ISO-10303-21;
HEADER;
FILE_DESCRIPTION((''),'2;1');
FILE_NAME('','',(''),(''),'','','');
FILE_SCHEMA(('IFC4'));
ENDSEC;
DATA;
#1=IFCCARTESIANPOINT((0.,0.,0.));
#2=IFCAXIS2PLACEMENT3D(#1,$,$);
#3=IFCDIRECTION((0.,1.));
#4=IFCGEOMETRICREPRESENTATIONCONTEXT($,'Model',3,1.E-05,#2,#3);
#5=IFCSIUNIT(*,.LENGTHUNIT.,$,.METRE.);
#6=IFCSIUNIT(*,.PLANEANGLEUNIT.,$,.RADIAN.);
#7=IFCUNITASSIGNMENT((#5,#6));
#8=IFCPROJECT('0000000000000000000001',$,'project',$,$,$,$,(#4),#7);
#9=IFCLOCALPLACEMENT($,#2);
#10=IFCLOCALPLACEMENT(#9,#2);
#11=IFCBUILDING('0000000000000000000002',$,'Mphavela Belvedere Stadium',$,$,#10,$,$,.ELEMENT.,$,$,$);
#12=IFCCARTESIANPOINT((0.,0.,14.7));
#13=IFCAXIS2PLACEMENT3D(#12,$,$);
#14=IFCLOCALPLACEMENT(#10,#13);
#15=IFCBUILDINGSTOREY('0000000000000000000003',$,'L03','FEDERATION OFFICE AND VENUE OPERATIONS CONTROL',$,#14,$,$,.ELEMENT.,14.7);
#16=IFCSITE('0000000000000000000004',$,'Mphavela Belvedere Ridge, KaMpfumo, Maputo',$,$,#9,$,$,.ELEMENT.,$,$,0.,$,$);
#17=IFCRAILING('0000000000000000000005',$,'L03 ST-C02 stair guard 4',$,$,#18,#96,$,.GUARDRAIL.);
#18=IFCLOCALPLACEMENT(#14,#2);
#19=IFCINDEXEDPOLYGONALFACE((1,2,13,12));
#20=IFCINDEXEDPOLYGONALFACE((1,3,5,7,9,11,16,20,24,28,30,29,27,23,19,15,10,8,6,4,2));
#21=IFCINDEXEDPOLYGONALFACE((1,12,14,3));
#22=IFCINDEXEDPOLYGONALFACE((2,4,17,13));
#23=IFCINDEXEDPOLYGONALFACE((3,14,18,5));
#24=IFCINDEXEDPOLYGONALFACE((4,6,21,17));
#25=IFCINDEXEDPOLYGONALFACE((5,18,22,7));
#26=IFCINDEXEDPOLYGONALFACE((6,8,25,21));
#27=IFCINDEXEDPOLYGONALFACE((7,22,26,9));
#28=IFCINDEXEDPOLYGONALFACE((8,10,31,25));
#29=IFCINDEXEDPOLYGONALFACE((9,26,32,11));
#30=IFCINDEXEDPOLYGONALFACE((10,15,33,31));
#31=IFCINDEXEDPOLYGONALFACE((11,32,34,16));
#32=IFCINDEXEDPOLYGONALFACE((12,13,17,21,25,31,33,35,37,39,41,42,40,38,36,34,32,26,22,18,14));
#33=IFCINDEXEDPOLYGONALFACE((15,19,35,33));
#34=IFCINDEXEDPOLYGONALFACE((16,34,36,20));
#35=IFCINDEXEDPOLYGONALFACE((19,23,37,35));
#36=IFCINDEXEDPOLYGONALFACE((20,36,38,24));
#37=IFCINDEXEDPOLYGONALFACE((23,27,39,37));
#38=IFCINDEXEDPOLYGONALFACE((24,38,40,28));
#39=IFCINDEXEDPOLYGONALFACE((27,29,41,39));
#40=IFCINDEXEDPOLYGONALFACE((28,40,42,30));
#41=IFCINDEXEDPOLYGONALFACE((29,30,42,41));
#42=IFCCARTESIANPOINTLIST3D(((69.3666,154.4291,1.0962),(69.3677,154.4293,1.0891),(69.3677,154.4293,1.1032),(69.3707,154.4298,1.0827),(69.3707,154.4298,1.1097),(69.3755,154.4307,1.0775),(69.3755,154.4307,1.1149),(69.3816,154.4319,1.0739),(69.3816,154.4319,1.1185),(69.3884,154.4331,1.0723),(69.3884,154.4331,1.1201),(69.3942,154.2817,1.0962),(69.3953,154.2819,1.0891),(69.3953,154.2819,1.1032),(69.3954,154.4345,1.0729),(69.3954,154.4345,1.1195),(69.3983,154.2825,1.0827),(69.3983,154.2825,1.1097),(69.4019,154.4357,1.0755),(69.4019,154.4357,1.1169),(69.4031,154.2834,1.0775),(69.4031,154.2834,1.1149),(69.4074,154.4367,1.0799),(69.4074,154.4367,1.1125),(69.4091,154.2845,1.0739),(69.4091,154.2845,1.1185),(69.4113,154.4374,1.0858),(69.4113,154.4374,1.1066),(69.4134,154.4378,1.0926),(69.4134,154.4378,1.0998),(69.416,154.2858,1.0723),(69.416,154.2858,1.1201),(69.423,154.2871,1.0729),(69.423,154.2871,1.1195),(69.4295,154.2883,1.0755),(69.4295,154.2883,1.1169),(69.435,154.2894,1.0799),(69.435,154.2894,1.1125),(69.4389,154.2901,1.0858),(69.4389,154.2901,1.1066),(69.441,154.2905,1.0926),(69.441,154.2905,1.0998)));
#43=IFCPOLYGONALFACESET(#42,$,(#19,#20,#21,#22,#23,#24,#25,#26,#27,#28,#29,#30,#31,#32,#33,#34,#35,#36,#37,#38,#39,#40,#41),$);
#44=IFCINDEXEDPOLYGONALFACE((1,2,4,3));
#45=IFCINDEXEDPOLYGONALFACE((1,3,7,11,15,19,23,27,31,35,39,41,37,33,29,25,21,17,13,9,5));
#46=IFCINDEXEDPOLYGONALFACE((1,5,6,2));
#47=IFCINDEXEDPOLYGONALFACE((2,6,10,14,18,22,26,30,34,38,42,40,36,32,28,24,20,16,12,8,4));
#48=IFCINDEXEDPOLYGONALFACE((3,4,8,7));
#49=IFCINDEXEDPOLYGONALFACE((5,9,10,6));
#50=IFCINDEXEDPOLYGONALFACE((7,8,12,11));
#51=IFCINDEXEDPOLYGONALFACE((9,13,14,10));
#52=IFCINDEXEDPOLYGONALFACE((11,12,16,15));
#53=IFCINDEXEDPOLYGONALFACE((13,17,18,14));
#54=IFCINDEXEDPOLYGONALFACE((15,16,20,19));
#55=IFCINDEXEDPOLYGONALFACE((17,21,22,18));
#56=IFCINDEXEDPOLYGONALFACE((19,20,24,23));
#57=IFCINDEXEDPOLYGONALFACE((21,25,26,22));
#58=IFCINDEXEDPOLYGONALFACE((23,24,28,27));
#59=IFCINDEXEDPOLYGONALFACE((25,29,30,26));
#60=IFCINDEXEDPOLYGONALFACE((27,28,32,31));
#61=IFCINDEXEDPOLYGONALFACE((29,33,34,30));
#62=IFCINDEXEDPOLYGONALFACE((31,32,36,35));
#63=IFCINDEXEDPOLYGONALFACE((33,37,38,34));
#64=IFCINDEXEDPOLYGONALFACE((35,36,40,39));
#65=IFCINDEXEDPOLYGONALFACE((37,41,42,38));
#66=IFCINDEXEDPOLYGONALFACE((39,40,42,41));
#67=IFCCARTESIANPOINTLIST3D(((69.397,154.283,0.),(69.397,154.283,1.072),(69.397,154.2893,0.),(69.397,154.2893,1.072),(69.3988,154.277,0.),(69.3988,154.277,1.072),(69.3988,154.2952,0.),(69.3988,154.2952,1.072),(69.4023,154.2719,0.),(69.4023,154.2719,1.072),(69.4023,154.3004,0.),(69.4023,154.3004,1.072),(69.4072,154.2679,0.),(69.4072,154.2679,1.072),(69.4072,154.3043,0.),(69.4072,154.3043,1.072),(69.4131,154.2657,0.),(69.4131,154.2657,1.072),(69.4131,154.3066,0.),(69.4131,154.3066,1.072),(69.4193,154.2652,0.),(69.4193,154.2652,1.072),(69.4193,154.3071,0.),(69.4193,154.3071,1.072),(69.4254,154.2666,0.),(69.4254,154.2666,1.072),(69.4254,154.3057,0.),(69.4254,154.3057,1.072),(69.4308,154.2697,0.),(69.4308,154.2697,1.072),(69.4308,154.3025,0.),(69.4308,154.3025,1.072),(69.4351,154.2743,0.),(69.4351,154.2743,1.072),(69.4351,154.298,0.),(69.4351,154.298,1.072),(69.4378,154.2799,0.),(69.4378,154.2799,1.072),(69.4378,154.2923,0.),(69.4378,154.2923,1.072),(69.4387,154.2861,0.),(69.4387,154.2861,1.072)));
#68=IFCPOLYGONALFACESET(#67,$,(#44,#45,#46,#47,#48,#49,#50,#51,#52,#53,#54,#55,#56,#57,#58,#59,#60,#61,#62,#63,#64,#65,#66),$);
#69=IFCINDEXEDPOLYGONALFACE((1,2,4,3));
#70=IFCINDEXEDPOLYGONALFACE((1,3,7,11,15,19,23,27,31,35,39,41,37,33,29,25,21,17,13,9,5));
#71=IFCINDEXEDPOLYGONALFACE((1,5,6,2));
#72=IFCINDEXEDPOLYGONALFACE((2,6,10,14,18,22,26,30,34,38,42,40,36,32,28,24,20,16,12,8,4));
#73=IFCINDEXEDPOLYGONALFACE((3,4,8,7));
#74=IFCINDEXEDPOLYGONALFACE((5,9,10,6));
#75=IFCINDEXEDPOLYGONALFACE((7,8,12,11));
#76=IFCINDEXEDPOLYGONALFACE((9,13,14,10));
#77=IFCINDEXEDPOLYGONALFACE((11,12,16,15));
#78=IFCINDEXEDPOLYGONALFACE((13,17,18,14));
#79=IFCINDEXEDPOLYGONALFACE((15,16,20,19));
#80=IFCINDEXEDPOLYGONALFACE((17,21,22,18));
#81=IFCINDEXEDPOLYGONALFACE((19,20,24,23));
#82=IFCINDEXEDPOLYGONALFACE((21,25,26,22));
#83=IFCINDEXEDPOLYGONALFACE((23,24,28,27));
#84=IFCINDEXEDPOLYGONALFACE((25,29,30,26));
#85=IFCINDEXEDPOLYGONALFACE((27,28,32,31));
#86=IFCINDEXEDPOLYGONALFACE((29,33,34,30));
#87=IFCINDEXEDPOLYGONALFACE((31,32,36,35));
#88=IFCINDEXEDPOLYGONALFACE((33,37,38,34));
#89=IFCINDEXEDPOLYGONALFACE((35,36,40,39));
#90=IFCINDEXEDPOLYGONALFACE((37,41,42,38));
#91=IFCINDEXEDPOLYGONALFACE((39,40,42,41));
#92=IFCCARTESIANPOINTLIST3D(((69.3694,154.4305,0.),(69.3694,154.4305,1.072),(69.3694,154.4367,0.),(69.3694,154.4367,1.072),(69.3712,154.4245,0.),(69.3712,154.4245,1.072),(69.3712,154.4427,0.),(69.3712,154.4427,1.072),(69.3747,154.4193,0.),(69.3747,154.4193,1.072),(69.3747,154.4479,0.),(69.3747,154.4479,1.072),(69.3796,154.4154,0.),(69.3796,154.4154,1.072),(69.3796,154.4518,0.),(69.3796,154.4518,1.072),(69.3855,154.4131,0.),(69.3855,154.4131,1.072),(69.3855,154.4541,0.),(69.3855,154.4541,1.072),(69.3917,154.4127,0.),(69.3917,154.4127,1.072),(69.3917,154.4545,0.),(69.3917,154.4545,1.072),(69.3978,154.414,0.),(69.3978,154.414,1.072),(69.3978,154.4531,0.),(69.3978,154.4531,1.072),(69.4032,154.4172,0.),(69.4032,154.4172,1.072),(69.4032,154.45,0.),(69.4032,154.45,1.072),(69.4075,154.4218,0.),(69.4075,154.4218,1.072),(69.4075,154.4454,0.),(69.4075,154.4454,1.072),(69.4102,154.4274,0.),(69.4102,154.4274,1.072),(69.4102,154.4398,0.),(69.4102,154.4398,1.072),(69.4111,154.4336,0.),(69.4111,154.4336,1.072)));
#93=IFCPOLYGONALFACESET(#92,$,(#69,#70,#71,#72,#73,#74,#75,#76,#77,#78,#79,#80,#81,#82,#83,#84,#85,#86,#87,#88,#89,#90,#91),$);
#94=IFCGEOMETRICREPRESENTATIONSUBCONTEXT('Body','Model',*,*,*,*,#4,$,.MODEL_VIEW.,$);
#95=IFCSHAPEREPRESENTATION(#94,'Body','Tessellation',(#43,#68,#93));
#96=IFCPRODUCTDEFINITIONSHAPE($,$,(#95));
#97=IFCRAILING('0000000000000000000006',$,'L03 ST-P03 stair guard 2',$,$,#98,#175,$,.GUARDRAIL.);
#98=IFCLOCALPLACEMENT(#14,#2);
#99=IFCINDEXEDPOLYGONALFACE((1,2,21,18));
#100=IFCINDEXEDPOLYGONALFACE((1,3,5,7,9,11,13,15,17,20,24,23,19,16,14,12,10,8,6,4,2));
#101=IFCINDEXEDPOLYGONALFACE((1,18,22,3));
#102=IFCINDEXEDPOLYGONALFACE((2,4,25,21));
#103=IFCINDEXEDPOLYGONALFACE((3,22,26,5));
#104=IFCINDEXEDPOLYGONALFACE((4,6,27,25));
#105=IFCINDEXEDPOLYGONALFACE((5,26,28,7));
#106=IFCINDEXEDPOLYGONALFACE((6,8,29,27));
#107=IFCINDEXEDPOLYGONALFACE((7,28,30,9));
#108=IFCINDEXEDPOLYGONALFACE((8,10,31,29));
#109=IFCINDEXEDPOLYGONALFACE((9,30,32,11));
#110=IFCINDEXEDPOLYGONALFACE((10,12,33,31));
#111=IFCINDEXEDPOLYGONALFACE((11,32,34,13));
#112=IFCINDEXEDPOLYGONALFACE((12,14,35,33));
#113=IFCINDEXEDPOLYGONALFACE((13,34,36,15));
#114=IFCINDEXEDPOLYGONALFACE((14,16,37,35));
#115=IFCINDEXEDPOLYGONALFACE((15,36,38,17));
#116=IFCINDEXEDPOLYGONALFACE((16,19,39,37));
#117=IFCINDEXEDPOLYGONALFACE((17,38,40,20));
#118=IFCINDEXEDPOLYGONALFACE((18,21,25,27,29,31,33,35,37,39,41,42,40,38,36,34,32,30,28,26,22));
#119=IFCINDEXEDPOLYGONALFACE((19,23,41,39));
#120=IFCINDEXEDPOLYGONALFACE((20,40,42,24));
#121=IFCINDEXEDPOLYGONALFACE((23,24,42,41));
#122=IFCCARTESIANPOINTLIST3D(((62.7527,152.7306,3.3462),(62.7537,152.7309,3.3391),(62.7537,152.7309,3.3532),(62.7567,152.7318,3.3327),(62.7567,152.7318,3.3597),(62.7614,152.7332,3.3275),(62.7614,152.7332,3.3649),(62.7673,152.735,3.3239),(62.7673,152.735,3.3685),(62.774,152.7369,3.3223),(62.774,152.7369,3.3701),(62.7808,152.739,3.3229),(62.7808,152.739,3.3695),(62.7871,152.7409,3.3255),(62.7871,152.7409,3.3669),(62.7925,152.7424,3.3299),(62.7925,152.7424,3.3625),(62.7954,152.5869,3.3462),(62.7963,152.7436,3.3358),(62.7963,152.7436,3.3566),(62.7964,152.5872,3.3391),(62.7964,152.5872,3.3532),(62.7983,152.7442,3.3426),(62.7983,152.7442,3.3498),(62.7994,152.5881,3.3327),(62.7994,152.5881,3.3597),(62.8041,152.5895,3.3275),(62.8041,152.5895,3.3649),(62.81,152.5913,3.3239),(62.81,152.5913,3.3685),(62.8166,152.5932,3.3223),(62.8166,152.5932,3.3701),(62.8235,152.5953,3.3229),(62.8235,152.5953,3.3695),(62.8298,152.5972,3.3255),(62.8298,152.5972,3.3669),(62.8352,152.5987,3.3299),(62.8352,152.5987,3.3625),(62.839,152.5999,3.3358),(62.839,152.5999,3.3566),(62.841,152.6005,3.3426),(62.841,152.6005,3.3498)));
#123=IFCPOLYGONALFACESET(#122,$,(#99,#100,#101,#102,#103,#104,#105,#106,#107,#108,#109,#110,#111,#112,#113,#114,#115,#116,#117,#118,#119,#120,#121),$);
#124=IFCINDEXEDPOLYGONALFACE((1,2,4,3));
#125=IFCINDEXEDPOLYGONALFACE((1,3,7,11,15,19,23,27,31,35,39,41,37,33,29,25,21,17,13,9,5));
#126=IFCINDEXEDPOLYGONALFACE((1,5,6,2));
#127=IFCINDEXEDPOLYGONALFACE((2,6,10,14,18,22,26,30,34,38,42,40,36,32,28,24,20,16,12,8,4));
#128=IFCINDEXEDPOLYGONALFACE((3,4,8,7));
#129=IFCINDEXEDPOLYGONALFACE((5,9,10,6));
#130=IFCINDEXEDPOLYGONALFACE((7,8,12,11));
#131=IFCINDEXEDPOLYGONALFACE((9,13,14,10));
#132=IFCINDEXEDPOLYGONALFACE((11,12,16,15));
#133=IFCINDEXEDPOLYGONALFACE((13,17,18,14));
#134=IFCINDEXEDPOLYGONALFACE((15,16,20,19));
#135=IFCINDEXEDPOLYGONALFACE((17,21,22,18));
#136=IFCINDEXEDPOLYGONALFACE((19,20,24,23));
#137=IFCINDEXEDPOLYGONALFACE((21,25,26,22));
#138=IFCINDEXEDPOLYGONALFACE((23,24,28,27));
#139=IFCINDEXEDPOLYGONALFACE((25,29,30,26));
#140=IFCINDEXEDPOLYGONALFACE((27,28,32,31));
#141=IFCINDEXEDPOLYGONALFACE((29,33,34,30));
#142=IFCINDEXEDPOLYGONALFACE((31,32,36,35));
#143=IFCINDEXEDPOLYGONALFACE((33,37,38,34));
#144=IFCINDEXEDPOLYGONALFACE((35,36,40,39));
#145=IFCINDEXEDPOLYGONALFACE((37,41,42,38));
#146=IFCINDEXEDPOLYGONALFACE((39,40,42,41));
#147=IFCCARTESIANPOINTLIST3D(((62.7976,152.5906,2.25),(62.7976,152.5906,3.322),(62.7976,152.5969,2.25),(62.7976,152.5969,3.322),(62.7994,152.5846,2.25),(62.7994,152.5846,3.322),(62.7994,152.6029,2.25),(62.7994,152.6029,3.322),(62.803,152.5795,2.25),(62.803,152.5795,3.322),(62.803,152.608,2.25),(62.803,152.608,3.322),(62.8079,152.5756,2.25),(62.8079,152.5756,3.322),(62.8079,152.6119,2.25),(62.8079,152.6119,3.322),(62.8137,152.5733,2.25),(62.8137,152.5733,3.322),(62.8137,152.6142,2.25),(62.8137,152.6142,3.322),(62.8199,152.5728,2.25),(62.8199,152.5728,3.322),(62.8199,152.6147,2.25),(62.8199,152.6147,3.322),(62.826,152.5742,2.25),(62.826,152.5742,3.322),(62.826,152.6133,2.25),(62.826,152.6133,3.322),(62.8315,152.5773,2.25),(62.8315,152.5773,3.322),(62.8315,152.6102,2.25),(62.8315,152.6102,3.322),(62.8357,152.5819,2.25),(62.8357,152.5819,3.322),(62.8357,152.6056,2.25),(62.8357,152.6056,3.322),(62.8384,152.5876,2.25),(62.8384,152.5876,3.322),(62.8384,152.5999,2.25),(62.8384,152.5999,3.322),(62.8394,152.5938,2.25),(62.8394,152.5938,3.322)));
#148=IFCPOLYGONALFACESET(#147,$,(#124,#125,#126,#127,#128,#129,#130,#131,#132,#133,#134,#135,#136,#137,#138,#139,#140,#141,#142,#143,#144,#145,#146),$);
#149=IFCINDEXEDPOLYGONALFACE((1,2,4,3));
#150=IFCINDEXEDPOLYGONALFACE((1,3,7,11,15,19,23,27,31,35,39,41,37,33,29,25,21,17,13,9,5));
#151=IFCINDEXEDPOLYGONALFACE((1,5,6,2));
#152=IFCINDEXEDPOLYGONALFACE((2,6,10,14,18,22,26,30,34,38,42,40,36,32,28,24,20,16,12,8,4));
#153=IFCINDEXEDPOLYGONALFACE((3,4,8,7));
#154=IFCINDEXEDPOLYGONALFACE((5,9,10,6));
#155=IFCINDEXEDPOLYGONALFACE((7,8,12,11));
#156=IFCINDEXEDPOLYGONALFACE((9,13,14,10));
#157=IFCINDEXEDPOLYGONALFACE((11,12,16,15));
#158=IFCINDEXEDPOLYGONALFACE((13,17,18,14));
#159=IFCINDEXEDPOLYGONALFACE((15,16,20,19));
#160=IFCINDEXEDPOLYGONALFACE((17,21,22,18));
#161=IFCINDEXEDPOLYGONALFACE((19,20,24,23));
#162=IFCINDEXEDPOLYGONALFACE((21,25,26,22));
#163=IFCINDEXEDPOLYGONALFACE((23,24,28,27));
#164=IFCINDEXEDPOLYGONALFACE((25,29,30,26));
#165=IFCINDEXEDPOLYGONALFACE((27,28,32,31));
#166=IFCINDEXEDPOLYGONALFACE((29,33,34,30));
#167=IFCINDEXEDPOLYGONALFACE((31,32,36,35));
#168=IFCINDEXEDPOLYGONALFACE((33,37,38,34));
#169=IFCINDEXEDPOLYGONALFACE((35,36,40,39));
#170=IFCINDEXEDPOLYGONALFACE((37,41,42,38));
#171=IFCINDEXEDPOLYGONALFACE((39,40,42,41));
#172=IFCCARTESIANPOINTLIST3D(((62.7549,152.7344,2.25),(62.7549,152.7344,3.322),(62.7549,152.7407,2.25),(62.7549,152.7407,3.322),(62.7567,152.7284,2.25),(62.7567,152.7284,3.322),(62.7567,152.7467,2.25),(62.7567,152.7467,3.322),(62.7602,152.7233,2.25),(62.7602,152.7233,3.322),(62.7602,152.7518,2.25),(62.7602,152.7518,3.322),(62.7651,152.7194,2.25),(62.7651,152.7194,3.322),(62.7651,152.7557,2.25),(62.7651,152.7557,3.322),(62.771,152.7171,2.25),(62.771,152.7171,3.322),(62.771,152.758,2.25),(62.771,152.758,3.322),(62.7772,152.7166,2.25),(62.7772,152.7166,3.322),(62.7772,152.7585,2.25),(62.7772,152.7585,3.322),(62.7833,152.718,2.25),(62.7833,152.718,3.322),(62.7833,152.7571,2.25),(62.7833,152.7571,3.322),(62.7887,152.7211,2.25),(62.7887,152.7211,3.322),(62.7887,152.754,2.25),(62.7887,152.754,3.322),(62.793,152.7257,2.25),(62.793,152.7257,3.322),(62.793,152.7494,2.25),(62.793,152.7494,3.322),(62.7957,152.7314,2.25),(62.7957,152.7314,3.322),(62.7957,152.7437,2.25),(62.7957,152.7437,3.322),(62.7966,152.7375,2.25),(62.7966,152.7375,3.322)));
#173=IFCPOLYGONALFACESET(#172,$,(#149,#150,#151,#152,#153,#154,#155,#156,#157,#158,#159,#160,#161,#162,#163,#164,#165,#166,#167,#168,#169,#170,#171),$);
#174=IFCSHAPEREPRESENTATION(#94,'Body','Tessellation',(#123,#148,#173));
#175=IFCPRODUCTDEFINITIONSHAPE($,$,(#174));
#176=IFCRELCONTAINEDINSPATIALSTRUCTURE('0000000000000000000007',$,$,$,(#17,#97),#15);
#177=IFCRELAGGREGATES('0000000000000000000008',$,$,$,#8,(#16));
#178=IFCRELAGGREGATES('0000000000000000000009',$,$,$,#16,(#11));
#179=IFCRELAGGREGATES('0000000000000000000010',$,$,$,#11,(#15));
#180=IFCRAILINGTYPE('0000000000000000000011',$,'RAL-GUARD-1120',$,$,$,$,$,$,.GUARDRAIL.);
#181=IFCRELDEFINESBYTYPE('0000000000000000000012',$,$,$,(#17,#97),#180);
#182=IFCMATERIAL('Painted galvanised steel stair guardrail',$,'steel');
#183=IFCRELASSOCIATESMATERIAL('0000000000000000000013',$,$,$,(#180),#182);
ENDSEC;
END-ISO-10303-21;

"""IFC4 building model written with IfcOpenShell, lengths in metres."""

from ifc_helpers import new_model, si_unit, direction, frame, origin, origin_2d, place, context, subcontext, project, spatial, circle, extrude, material, type_object, element, save


model = new_model("IFC4")

# Units and contexts
model_context = context("Model", 3, precision=1e-05, world=origin(), true_north=direction((0.0, 1.0)))
body_context = subcontext(model_context, "Body", "Model", "MODEL_VIEW")
ifc_project = project(units=[si_unit("LENGTHUNIT", "METRE"), si_unit("PLANEANGLEUNIT", "RADIAN")], contexts=[model_context])

# Site, building, storey
site_placement = place(None, origin())
site = spatial("IfcSite", under=ifc_project, at=site_placement, Name="Mphavela Belvedere Ridge, KaMpfumo, Maputo", CompositionType="ELEMENT", RefElevation=0.0)
building_placement = place(site_placement, origin())
building = spatial("IfcBuilding", under=site, at=building_placement, Name="Mphavela Belvedere Stadium", CompositionType="ELEMENT")
storey_placement = place(building_placement, frame((0.0, 0.0, 14.7)))
storey = spatial("IfcBuildingStorey", under=building, at=storey_placement, Name="L03", Description="FEDERATION OFFICE AND VENUE OPERATIONS CONTROL", CompositionType="ELEMENT", Elevation=14.7)

# Railings
ifc_material_1 = material(Name="Painted galvanised steel stair guardrail", Category="steel")
railing_type_1 = type_object("IfcRailingType", Name="RAL-GUARD-1120", PredefinedType="GUARDRAIL", material=ifc_material_1)
railing_1_placement = place(storey_placement, frame((69.4177, 154.2861, 0.0)))
element("IfcRailing", 1, at=railing_1_placement, inside=storey, type_object=railing_type_1, Name="L03 ST-C02 stair guard 4", PredefinedType="GUARDRAIL", context=body_context, shape_type="SweptSolid", body=[
    extrude(circle(Radius=0.0239, at=origin_2d()), frame((0.0, 0.0, 1.0962), z_axis=(-0.183895, 0.982946, 0.0), x_axis=(-0.982946, -0.183895, 0.0)), (0.0, 0.0, 1.0), 0.1499),
    extrude(circle(Radius=0.021, at=origin_2d()), origin(), (0.0, 0.0, 1.0), 1.072),
    extrude(circle(Radius=0.021, at=origin_2d()), frame((-0.0276, 0.1475, 0.0)), (0.0, 0.0, 1.0), 1.072),
])
railing_2_placement = place(storey_placement, frame((62.8184, 152.5938, 2.25)))
element("IfcRailing", 2, at=railing_2_placement, inside=storey, type_object=railing_type_1, Name="L03 ST-P03 stair guard 2", PredefinedType="GUARDRAIL", context=body_context, shape_type="SweptSolid", body=[
    extrude(circle(Radius=0.0239, at=origin_2d()), frame((0.0, 0.0, 1.0962), z_axis=(-0.284809, 0.958584, 0.0), x_axis=(-0.958584, -0.284809, 0.0)), (0.0, 0.0, 1.0), 0.1499),
    extrude(circle(Radius=0.021, at=origin_2d()), origin(), (0.0, 0.0, 1.0), 1.072),
    extrude(circle(Radius=0.021, at=origin_2d()), frame((-0.0427, 0.1438, 0.0)), (0.0, 0.0, 1.0), 1.072),
])

save(model, "model.ifc")
